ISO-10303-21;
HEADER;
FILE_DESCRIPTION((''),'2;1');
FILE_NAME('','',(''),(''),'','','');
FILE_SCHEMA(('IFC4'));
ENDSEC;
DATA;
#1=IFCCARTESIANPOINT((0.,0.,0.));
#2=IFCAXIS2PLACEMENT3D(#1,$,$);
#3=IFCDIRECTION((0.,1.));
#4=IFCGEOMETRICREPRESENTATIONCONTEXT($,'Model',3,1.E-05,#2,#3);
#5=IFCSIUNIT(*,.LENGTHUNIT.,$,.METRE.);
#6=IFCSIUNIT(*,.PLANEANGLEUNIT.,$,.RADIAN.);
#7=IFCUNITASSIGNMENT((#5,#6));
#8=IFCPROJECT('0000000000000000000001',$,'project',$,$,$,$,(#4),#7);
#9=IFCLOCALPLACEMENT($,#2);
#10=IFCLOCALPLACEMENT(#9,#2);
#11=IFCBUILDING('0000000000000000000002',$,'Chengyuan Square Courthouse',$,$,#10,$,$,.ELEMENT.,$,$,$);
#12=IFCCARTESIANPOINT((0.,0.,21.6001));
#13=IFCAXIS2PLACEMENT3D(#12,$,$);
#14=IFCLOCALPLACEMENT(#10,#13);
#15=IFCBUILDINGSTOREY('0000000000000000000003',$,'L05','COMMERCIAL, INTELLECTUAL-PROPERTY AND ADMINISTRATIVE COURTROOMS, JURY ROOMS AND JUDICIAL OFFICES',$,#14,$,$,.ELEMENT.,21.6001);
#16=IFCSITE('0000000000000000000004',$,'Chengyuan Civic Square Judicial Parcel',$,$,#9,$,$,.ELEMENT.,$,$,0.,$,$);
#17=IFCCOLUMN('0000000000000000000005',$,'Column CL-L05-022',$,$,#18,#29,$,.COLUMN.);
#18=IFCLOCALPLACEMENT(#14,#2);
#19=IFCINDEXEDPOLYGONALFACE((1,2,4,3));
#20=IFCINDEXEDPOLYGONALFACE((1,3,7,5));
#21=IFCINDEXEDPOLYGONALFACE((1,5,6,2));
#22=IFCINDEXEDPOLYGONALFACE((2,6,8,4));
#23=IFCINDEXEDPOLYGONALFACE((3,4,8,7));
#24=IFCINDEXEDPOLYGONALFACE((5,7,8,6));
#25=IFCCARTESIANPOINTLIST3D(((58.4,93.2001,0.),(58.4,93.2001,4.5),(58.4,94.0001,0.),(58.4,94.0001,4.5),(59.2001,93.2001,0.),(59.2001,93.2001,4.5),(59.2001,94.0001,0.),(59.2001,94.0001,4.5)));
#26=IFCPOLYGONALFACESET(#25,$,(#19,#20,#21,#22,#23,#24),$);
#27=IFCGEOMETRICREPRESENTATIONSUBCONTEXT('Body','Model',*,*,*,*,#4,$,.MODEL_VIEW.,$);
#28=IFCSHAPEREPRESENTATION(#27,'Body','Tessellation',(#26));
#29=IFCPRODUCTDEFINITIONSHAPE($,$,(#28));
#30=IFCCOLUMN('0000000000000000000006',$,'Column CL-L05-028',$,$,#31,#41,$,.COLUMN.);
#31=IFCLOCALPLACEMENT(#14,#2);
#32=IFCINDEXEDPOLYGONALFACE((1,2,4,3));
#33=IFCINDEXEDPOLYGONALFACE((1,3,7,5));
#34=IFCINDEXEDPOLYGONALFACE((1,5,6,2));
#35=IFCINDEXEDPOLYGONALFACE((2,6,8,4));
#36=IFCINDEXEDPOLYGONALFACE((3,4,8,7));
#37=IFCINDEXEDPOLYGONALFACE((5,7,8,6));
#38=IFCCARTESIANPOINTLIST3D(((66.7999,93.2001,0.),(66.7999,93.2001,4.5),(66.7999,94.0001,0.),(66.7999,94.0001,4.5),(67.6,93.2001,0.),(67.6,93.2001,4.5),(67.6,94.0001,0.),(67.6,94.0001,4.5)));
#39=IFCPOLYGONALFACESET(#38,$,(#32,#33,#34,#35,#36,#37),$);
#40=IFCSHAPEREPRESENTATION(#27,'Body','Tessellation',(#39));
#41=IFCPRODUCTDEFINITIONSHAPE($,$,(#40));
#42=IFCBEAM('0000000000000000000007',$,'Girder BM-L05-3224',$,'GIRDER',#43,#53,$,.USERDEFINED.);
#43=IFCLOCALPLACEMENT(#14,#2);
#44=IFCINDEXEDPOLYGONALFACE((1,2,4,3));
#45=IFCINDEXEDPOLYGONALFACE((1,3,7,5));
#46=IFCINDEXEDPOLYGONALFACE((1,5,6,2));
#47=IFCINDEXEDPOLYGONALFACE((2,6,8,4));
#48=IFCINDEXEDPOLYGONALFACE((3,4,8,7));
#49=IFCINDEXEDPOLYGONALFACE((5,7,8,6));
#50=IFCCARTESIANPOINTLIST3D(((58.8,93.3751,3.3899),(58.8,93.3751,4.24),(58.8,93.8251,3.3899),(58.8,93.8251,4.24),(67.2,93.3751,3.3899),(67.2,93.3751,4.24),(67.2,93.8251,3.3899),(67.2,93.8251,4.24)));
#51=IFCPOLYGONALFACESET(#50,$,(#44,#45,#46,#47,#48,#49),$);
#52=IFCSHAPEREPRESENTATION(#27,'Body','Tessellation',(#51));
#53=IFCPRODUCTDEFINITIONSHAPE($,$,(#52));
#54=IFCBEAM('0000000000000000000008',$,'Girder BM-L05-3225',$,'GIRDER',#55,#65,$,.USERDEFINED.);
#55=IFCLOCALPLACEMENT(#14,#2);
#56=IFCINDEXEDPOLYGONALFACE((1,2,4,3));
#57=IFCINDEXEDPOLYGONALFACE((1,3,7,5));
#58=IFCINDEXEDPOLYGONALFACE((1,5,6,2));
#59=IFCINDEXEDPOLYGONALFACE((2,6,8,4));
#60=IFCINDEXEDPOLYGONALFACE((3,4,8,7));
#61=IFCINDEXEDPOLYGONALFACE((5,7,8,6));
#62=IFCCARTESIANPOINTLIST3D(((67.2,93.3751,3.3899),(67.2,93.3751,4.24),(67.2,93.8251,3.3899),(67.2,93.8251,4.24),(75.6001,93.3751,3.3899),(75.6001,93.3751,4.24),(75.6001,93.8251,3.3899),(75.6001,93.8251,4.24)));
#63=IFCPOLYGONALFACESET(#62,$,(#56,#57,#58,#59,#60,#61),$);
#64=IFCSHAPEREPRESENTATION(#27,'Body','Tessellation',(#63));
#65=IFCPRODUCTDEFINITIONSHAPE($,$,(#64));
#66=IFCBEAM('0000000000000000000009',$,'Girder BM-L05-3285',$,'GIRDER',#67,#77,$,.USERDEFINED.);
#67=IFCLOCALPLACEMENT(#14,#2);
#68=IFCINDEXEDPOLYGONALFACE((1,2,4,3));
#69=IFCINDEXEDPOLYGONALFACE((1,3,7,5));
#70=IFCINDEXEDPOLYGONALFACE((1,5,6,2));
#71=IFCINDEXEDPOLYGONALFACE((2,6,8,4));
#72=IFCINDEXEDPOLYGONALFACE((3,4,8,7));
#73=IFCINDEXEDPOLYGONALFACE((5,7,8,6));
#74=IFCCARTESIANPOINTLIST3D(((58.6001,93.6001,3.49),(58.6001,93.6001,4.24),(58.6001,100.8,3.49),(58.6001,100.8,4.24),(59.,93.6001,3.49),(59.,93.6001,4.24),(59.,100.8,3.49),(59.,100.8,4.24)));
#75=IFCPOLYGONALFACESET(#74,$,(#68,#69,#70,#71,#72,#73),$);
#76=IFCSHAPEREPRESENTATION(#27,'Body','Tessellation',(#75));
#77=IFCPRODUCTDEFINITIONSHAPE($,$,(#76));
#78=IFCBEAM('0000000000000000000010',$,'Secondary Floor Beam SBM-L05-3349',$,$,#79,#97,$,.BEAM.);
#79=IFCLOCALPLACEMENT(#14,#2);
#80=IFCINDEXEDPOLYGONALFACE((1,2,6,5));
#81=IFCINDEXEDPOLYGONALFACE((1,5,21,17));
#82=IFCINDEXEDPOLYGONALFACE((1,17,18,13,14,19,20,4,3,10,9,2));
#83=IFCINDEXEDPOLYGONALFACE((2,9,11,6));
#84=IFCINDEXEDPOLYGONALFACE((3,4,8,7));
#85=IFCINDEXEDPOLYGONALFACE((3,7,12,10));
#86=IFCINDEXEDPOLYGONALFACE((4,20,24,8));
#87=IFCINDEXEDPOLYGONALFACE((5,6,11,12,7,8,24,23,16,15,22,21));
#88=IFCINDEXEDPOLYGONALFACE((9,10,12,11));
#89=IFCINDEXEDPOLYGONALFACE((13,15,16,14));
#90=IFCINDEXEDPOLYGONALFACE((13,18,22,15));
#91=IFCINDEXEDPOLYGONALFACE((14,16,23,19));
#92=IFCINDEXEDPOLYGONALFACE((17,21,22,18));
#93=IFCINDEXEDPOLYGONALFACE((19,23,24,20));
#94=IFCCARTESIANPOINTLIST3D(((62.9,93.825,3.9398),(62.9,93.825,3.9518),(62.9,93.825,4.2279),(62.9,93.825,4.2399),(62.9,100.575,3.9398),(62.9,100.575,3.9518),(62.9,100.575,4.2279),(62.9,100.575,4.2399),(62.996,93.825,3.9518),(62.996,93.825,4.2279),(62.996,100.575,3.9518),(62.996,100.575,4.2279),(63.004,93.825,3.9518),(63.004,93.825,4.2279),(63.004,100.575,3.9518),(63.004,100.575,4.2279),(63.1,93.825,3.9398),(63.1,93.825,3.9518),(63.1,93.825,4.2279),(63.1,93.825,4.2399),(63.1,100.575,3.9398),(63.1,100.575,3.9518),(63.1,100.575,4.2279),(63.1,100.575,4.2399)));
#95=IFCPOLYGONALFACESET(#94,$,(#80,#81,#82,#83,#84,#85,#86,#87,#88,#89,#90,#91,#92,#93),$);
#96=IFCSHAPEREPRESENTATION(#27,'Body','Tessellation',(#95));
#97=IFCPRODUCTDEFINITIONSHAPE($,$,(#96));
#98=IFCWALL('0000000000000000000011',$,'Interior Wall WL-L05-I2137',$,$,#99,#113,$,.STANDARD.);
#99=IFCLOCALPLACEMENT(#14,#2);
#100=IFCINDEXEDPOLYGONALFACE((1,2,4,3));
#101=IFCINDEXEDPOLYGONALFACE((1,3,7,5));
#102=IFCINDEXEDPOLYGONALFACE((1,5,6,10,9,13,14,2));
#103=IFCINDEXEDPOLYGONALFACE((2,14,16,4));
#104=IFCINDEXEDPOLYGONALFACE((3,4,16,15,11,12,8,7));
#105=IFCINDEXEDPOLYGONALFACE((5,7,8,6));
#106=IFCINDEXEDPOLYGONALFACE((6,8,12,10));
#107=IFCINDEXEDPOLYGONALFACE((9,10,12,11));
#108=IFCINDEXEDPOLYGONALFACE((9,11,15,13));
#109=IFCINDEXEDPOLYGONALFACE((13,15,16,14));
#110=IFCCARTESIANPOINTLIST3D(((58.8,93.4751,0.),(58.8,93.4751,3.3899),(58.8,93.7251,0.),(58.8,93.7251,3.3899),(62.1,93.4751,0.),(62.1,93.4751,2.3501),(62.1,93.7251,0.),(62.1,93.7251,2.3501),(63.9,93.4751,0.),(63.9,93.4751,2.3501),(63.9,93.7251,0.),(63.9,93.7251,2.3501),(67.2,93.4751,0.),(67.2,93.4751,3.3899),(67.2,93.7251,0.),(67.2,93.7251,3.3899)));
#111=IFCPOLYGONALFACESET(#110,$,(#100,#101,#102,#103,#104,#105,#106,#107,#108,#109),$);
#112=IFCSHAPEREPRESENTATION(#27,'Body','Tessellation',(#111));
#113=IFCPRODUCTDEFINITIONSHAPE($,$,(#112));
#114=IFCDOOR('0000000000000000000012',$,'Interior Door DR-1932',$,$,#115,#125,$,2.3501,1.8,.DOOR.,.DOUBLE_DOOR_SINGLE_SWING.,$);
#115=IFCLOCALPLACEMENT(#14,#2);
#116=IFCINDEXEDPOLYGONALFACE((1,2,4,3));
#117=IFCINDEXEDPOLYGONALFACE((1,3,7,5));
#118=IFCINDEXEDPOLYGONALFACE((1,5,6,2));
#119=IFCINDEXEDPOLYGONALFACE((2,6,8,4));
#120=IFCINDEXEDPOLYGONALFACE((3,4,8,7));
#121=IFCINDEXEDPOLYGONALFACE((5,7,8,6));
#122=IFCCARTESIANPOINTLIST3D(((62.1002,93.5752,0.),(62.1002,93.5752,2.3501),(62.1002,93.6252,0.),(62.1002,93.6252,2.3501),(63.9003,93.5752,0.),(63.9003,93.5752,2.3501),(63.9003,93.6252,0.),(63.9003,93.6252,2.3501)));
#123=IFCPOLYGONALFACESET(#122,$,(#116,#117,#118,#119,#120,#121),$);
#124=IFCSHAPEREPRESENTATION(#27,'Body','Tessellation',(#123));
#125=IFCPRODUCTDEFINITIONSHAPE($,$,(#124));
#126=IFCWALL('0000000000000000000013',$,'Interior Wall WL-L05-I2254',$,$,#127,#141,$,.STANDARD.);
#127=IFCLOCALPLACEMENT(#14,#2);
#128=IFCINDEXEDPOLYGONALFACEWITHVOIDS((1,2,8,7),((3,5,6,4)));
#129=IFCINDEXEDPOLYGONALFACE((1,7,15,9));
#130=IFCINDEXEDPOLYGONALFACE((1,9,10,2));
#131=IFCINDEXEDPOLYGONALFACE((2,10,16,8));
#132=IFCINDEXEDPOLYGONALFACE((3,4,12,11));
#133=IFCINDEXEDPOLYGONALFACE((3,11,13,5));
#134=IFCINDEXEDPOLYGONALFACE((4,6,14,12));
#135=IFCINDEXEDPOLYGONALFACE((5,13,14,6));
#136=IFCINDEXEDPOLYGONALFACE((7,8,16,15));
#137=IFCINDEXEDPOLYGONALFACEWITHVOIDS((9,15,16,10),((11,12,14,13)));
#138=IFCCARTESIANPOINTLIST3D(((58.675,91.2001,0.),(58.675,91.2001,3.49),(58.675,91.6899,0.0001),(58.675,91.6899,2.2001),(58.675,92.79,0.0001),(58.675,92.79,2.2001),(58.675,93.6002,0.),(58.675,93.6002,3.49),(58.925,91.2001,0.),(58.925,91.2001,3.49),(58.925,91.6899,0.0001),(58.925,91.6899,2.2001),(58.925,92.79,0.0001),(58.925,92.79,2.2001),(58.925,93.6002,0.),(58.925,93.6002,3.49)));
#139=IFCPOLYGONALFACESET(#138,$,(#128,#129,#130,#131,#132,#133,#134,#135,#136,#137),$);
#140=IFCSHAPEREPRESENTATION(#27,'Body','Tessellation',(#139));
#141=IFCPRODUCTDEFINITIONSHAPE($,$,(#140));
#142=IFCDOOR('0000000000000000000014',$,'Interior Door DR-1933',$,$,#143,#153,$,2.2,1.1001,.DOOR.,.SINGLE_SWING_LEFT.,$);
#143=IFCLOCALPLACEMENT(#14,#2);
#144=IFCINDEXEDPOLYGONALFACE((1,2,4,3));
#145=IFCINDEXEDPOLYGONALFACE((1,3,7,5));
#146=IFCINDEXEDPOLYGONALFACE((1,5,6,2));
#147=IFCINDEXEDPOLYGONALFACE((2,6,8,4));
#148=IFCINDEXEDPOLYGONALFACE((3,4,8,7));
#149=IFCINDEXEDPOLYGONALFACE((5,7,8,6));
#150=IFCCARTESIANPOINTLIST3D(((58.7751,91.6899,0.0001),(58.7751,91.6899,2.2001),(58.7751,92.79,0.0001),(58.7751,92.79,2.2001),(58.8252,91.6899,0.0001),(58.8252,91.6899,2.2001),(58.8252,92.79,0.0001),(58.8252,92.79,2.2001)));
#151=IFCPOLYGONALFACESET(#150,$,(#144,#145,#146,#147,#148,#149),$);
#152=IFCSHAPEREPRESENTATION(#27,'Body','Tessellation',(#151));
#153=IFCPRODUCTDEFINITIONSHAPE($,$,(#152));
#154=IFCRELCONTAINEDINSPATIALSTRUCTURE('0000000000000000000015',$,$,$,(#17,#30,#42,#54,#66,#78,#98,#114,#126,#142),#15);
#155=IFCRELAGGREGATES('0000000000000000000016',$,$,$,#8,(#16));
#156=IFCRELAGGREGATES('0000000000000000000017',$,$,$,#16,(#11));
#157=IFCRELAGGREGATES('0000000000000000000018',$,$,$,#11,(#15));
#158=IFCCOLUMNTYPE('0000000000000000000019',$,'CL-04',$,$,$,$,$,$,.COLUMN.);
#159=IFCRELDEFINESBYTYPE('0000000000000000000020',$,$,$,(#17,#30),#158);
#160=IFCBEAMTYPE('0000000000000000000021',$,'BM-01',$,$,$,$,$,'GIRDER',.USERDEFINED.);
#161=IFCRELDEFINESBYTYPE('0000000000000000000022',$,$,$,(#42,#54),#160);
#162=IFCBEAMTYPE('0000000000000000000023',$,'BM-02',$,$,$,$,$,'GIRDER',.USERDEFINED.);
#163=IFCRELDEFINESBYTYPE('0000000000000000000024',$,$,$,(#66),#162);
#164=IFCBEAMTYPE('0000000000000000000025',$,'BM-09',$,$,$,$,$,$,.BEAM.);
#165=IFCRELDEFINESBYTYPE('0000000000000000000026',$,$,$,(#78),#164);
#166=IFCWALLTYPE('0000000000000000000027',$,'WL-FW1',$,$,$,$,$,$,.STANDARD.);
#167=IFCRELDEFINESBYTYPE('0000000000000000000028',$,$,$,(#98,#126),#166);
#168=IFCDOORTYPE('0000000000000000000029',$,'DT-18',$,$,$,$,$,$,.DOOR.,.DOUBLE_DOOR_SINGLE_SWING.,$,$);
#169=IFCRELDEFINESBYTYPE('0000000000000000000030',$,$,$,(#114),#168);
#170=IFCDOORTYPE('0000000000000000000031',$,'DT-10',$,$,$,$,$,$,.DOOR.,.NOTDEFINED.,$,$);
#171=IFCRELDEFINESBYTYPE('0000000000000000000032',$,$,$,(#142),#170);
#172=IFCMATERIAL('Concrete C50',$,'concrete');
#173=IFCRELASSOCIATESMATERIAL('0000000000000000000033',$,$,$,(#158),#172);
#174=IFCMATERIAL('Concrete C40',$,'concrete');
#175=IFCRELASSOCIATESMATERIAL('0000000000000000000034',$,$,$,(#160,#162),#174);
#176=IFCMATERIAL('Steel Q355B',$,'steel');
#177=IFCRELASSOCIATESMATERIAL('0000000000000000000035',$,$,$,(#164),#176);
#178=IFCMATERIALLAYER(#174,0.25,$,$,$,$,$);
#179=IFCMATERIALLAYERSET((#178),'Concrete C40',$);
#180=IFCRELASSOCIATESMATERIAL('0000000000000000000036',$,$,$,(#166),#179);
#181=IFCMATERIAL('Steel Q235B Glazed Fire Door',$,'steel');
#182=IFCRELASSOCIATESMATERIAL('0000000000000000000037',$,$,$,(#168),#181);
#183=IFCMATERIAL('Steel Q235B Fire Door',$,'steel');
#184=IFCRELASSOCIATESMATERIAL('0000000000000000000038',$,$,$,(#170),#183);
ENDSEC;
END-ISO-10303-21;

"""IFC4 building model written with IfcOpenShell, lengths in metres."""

from ifc_helpers import new_model, si_unit, direction, frame, frame_2d, origin, origin_2d, place, context, subcontext, project, spatial, rectangle, i_section, extrude, material, layer, layer_set, material_profile, profile_set, type_object, element, fill, save


model = new_model("IFC4")

# Units and contexts
model_context = context("Model", 3, precision=1e-05, world=origin(), true_north=direction((0.0, 1.0)))
body_context = subcontext(model_context, "Body", "Model", "MODEL_VIEW")
ifc_project = project(units=[si_unit("LENGTHUNIT", "METRE"), si_unit("PLANEANGLEUNIT", "RADIAN")], contexts=[model_context])

# Site, building, storey
site_placement = place(None, origin())
site = spatial("IfcSite", under=ifc_project, at=site_placement, Name="Chengyuan Civic Square Judicial Parcel", CompositionType="ELEMENT", RefElevation=0.0)
building_placement = place(site_placement, origin())
building = spatial("IfcBuilding", under=site, at=building_placement, Name="Chengyuan Square Courthouse", CompositionType="ELEMENT")
storey_placement = place(building_placement, frame((0.0, 0.0, 21.6001)))
storey = spatial("IfcBuildingStorey", under=building, at=storey_placement, Name="L05", Description="COMMERCIAL, INTELLECTUAL-PROPERTY AND ADMINISTRATIVE COURTROOMS, JURY ROOMS AND JUDICIAL OFFICES", CompositionType="ELEMENT", Elevation=21.6001)

# Columns
ifc_material_1 = material(Name="Concrete C50", Category="concrete")
ifc_material_profile_1 = material_profile(ifc_material_1, rectangle(XDim=0.8, YDim=0.8, at=origin_2d()), Name="RC-COL-800x800")
ifc_profile_set_1 = profile_set([ifc_material_profile_1], Name="Concrete C50")
column_type = type_object("IfcColumnType", Name="CL-04", PredefinedType="COLUMN", material=ifc_profile_set_1)
for number, where, z_axis, x_axis, name in (
    (1, (58.8, 93.6001, 0.0), (0.0, 0.0, 1.0), (1.0, 0.0, 0.0), "Column CL-L05-022"),
    (2, (67.2, 93.6001, 0.0), (0.0, 0.0, 1.0), (1.0, 0.0, 0.0), "Column CL-L05-028"),
):
    element("IfcColumn", number, at=place(storey_placement, frame(where, z_axis=z_axis, x_axis=x_axis)), inside=storey, type_object=column_type, Name=name, PredefinedType="COLUMN", context=body_context, shape_type="SweptSolid", body=[
        extrude(rectangle(XDim=0.8, YDim=0.8, at=origin_2d()), origin(), (0.0, 0.0, 1.0), 4.5),
    ])

# Beams
ifc_material_2 = material(Name="Concrete C40", Category="concrete")
ifc_material_profile_2 = material_profile(ifc_material_2, rectangle(XDim=0.45, YDim=0.8501, at=origin_2d()), Name="RC-BM-450x850")
ifc_profile_set_2 = profile_set([ifc_material_profile_2], Name="Concrete C40")
beam_type_1 = type_object("IfcBeamType", Name="BM-01", ElementType="GIRDER", PredefinedType="USERDEFINED", material=ifc_profile_set_2)
beam_1_placement = place(storey_placement, frame((58.8, 93.6001, 3.8149), z_axis=(1.0, 0.0, 0.0), x_axis=(0.0, 1.0, 0.0)))
element("IfcBeam", 3, at=beam_1_placement, inside=storey, type_object=beam_type_1, Name="Girder BM-L05-3224", ObjectType="GIRDER", PredefinedType="USERDEFINED", context=body_context, shape_type="SweptSolid", body=[
    extrude(rectangle(XDim=0.45, YDim=0.8501, at=origin_2d()), origin(), (0.0, 0.0, 1.0), 8.3999),
])
beam_2_placement = place(storey_placement, frame((67.2, 93.6001, 3.8149), z_axis=(1.0, 0.0, 0.0), x_axis=(0.0, 1.0, 0.0)))
element("IfcBeam", 4, at=beam_2_placement, inside=storey, type_object=beam_type_1, Name="Girder BM-L05-3225", ObjectType="GIRDER", PredefinedType="USERDEFINED", context=body_context, shape_type="SweptSolid", body=[
    extrude(rectangle(XDim=0.45, YDim=0.8501, at=origin_2d()), origin(), (0.0, 0.0, 1.0), 8.4001),
])
ifc_material_profile_3 = material_profile(ifc_material_2, rectangle(XDim=0.3999, YDim=0.75, at=origin_2d()), Name="RC-BM-400x750")
ifc_profile_set_3 = profile_set([ifc_material_profile_3], Name="Concrete C40")
beam_type_2 = type_object("IfcBeamType", Name="BM-02", ElementType="GIRDER", PredefinedType="USERDEFINED", material=ifc_profile_set_3)
beam_3_placement = place(storey_placement, frame((58.8, 93.6001, 3.865), z_axis=(0.0, 1.0, 0.0), x_axis=(-1.0, 0.0, 0.0)))
element("IfcBeam", 5, at=beam_3_placement, inside=storey, type_object=beam_type_2, Name="Girder BM-L05-3285", ObjectType="GIRDER", PredefinedType="USERDEFINED", context=body_context, shape_type="SweptSolid", body=[
    extrude(rectangle(XDim=0.3999, YDim=0.75, at=origin_2d()), origin(), (0.0, 0.0, 1.0), 7.2),
])
ifc_material_3 = material(Name="Steel Q355B", Category="steel")
ifc_material_profile_4 = material_profile(ifc_material_3, i_section(OverallWidth=0.2, OverallDepth=0.3, WebThickness=0.0081, FlangeThickness=0.012, at=origin_2d()), Name="HM 300x200x8x12")
ifc_profile_set_4 = profile_set([ifc_material_profile_4], Name="Steel Q355B")
beam_type_3 = type_object("IfcBeamType", Name="BM-09", PredefinedType="BEAM", material=ifc_profile_set_4)
beam_4_placement = place(storey_placement, frame((63.0, 93.825, 4.0898), z_axis=(0.0, 1.0, 0.0), x_axis=(-1.0, 0.0, 0.0)))
element("IfcBeam", 6, at=beam_4_placement, inside=storey, type_object=beam_type_3, Name="Secondary Floor Beam SBM-L05-3349", PredefinedType="BEAM", context=body_context, shape_type="SweptSolid", body=[
    extrude(i_section(OverallWidth=0.2, OverallDepth=0.3, WebThickness=0.0081, FlangeThickness=0.012, at=origin_2d()), origin(), (0.0, 0.0, 1.0), 6.75),
])

# Walls, openings, doors
ifc_layer_1 = layer(ifc_material_2, 0.25)
ifc_layer_set_1 = layer_set([ifc_layer_1], Name="Concrete C40")
wall_type_1 = type_object("IfcWallType", Name="WL-FW1", PredefinedType="STANDARD", material=ifc_layer_set_1)
wall_1_placement = place(storey_placement, frame((58.8, 93.6001, 0.0), z_axis=(0.0, 0.0, 1.0), x_axis=(1.0, 0.0, 0.0)))
wall_1 = element("IfcWall", 7, at=wall_1_placement, inside=storey, type_object=wall_type_1, Name="Interior Wall WL-L05-I2137", PredefinedType="STANDARD", context=body_context, shape_type="SweptSolid", body=[
    extrude(rectangle(XDim=8.3999, YDim=0.25, at=frame_2d((4.2, 0.0))), origin(), (0.0, 0.0, 1.0), 3.3899),
])
opening_1_placement = place(wall_1_placement, frame((3.3, 0.0, 0.0)))
opening_1 = element("IfcOpeningElement", 8, at=opening_1_placement, cuts=wall_1, PredefinedType="OPENING", context=body_context, shape_type="SweptSolid", body=[
    extrude(rectangle(XDim=1.8, YDim=2.3501, at=frame_2d((0.8999, 1.175))), frame((0.0, 0.137, 0.0), z_axis=(0.0, -1.0, 0.0), x_axis=(1.0, 0.0, 0.0)), (0.0, 0.0, 1.0), 0.2739),
])
ifc_material_4 = material(Name="Steel Q235B Glazed Fire Door", Category="steel")
door_type_1 = type_object("IfcDoorType", Name="DT-18", OperationType="DOUBLE_DOOR_SINGLE_SWING", PredefinedType="DOOR", material=ifc_material_4)
door_1_placement = place(opening_1_placement, frame((1.8, 0.0, 0.0), z_axis=(0.0, 0.0, 1.0), x_axis=(-1.0, 0.0, 0.0)))
door_1 = element("IfcDoor", 9, at=door_1_placement, inside=storey, type_object=door_type_1, Name="Interior Door DR-1932", OperationType="DOUBLE_DOOR_SINGLE_SWING", OverallHeight=2.3501, OverallWidth=1.8, PredefinedType="DOOR", context=body_context, shape_type="SweptSolid", body=[
    extrude(rectangle(XDim=1.8, YDim=2.3501, at=frame_2d((0.8999, 1.175))), frame((0.0, 0.0249, 0.0), z_axis=(0.0, -1.0, 0.0), x_axis=(1.0, 0.0, 0.0)), (0.0, 0.0, 1.0), 0.05),
])
fill(opening_1, door_1)
wall_2_placement = place(storey_placement, frame((58.8, 91.2, 0.0), z_axis=(0.0, 0.0, 1.0), x_axis=(0.0, 1.0, 0.0)))
wall_2 = element("IfcWall", 10, at=wall_2_placement, inside=storey, type_object=wall_type_1, Name="Interior Wall WL-L05-I2254", PredefinedType="STANDARD", context=body_context, shape_type="SweptSolid", body=[
    extrude(rectangle(XDim=2.4001, YDim=0.25, at=frame_2d((1.2002, 0.0))), origin(), (0.0, 0.0, 1.0), 3.49),
])
opening_2_placement = place(wall_2_placement, frame((0.49, 0.0, 0.0)))
opening_2 = element("IfcOpeningElement", 11, at=opening_2_placement, cuts=wall_2, PredefinedType="OPENING", context=body_context, shape_type="SweptSolid", body=[
    extrude(rectangle(XDim=1.1001, YDim=2.2, at=frame_2d((0.55, 1.1001))), frame((0.0, 0.137, 0.0), z_axis=(0.0, -1.0, 0.0), x_axis=(1.0, 0.0, 0.0)), (0.0, 0.0, 1.0), 0.2739),
])
ifc_material_5 = material(Name="Steel Q235B Fire Door", Category="steel")
door_type_2 = type_object("IfcDoorType", Name="DT-10", OperationType="NOTDEFINED", PredefinedType="DOOR", material=ifc_material_5)
door_2_placement = place(opening_2_placement, origin())
door_2 = element("IfcDoor", 12, at=door_2_placement, inside=storey, type_object=door_type_2, Name="Interior Door DR-1933", OperationType="SINGLE_SWING_LEFT", OverallHeight=2.2, OverallWidth=1.1001, PredefinedType="DOOR", context=body_context, shape_type="SweptSolid", body=[
    extrude(rectangle(XDim=1.1001, YDim=2.2, at=frame_2d((0.55, 1.1001))), frame((0.0, 0.0249, 0.0), z_axis=(0.0, -1.0, 0.0), x_axis=(1.0, 0.0, 0.0)), (0.0, 0.0, 1.0), 0.05),
])
fill(opening_2, door_2)

save(model, "model.ifc")
